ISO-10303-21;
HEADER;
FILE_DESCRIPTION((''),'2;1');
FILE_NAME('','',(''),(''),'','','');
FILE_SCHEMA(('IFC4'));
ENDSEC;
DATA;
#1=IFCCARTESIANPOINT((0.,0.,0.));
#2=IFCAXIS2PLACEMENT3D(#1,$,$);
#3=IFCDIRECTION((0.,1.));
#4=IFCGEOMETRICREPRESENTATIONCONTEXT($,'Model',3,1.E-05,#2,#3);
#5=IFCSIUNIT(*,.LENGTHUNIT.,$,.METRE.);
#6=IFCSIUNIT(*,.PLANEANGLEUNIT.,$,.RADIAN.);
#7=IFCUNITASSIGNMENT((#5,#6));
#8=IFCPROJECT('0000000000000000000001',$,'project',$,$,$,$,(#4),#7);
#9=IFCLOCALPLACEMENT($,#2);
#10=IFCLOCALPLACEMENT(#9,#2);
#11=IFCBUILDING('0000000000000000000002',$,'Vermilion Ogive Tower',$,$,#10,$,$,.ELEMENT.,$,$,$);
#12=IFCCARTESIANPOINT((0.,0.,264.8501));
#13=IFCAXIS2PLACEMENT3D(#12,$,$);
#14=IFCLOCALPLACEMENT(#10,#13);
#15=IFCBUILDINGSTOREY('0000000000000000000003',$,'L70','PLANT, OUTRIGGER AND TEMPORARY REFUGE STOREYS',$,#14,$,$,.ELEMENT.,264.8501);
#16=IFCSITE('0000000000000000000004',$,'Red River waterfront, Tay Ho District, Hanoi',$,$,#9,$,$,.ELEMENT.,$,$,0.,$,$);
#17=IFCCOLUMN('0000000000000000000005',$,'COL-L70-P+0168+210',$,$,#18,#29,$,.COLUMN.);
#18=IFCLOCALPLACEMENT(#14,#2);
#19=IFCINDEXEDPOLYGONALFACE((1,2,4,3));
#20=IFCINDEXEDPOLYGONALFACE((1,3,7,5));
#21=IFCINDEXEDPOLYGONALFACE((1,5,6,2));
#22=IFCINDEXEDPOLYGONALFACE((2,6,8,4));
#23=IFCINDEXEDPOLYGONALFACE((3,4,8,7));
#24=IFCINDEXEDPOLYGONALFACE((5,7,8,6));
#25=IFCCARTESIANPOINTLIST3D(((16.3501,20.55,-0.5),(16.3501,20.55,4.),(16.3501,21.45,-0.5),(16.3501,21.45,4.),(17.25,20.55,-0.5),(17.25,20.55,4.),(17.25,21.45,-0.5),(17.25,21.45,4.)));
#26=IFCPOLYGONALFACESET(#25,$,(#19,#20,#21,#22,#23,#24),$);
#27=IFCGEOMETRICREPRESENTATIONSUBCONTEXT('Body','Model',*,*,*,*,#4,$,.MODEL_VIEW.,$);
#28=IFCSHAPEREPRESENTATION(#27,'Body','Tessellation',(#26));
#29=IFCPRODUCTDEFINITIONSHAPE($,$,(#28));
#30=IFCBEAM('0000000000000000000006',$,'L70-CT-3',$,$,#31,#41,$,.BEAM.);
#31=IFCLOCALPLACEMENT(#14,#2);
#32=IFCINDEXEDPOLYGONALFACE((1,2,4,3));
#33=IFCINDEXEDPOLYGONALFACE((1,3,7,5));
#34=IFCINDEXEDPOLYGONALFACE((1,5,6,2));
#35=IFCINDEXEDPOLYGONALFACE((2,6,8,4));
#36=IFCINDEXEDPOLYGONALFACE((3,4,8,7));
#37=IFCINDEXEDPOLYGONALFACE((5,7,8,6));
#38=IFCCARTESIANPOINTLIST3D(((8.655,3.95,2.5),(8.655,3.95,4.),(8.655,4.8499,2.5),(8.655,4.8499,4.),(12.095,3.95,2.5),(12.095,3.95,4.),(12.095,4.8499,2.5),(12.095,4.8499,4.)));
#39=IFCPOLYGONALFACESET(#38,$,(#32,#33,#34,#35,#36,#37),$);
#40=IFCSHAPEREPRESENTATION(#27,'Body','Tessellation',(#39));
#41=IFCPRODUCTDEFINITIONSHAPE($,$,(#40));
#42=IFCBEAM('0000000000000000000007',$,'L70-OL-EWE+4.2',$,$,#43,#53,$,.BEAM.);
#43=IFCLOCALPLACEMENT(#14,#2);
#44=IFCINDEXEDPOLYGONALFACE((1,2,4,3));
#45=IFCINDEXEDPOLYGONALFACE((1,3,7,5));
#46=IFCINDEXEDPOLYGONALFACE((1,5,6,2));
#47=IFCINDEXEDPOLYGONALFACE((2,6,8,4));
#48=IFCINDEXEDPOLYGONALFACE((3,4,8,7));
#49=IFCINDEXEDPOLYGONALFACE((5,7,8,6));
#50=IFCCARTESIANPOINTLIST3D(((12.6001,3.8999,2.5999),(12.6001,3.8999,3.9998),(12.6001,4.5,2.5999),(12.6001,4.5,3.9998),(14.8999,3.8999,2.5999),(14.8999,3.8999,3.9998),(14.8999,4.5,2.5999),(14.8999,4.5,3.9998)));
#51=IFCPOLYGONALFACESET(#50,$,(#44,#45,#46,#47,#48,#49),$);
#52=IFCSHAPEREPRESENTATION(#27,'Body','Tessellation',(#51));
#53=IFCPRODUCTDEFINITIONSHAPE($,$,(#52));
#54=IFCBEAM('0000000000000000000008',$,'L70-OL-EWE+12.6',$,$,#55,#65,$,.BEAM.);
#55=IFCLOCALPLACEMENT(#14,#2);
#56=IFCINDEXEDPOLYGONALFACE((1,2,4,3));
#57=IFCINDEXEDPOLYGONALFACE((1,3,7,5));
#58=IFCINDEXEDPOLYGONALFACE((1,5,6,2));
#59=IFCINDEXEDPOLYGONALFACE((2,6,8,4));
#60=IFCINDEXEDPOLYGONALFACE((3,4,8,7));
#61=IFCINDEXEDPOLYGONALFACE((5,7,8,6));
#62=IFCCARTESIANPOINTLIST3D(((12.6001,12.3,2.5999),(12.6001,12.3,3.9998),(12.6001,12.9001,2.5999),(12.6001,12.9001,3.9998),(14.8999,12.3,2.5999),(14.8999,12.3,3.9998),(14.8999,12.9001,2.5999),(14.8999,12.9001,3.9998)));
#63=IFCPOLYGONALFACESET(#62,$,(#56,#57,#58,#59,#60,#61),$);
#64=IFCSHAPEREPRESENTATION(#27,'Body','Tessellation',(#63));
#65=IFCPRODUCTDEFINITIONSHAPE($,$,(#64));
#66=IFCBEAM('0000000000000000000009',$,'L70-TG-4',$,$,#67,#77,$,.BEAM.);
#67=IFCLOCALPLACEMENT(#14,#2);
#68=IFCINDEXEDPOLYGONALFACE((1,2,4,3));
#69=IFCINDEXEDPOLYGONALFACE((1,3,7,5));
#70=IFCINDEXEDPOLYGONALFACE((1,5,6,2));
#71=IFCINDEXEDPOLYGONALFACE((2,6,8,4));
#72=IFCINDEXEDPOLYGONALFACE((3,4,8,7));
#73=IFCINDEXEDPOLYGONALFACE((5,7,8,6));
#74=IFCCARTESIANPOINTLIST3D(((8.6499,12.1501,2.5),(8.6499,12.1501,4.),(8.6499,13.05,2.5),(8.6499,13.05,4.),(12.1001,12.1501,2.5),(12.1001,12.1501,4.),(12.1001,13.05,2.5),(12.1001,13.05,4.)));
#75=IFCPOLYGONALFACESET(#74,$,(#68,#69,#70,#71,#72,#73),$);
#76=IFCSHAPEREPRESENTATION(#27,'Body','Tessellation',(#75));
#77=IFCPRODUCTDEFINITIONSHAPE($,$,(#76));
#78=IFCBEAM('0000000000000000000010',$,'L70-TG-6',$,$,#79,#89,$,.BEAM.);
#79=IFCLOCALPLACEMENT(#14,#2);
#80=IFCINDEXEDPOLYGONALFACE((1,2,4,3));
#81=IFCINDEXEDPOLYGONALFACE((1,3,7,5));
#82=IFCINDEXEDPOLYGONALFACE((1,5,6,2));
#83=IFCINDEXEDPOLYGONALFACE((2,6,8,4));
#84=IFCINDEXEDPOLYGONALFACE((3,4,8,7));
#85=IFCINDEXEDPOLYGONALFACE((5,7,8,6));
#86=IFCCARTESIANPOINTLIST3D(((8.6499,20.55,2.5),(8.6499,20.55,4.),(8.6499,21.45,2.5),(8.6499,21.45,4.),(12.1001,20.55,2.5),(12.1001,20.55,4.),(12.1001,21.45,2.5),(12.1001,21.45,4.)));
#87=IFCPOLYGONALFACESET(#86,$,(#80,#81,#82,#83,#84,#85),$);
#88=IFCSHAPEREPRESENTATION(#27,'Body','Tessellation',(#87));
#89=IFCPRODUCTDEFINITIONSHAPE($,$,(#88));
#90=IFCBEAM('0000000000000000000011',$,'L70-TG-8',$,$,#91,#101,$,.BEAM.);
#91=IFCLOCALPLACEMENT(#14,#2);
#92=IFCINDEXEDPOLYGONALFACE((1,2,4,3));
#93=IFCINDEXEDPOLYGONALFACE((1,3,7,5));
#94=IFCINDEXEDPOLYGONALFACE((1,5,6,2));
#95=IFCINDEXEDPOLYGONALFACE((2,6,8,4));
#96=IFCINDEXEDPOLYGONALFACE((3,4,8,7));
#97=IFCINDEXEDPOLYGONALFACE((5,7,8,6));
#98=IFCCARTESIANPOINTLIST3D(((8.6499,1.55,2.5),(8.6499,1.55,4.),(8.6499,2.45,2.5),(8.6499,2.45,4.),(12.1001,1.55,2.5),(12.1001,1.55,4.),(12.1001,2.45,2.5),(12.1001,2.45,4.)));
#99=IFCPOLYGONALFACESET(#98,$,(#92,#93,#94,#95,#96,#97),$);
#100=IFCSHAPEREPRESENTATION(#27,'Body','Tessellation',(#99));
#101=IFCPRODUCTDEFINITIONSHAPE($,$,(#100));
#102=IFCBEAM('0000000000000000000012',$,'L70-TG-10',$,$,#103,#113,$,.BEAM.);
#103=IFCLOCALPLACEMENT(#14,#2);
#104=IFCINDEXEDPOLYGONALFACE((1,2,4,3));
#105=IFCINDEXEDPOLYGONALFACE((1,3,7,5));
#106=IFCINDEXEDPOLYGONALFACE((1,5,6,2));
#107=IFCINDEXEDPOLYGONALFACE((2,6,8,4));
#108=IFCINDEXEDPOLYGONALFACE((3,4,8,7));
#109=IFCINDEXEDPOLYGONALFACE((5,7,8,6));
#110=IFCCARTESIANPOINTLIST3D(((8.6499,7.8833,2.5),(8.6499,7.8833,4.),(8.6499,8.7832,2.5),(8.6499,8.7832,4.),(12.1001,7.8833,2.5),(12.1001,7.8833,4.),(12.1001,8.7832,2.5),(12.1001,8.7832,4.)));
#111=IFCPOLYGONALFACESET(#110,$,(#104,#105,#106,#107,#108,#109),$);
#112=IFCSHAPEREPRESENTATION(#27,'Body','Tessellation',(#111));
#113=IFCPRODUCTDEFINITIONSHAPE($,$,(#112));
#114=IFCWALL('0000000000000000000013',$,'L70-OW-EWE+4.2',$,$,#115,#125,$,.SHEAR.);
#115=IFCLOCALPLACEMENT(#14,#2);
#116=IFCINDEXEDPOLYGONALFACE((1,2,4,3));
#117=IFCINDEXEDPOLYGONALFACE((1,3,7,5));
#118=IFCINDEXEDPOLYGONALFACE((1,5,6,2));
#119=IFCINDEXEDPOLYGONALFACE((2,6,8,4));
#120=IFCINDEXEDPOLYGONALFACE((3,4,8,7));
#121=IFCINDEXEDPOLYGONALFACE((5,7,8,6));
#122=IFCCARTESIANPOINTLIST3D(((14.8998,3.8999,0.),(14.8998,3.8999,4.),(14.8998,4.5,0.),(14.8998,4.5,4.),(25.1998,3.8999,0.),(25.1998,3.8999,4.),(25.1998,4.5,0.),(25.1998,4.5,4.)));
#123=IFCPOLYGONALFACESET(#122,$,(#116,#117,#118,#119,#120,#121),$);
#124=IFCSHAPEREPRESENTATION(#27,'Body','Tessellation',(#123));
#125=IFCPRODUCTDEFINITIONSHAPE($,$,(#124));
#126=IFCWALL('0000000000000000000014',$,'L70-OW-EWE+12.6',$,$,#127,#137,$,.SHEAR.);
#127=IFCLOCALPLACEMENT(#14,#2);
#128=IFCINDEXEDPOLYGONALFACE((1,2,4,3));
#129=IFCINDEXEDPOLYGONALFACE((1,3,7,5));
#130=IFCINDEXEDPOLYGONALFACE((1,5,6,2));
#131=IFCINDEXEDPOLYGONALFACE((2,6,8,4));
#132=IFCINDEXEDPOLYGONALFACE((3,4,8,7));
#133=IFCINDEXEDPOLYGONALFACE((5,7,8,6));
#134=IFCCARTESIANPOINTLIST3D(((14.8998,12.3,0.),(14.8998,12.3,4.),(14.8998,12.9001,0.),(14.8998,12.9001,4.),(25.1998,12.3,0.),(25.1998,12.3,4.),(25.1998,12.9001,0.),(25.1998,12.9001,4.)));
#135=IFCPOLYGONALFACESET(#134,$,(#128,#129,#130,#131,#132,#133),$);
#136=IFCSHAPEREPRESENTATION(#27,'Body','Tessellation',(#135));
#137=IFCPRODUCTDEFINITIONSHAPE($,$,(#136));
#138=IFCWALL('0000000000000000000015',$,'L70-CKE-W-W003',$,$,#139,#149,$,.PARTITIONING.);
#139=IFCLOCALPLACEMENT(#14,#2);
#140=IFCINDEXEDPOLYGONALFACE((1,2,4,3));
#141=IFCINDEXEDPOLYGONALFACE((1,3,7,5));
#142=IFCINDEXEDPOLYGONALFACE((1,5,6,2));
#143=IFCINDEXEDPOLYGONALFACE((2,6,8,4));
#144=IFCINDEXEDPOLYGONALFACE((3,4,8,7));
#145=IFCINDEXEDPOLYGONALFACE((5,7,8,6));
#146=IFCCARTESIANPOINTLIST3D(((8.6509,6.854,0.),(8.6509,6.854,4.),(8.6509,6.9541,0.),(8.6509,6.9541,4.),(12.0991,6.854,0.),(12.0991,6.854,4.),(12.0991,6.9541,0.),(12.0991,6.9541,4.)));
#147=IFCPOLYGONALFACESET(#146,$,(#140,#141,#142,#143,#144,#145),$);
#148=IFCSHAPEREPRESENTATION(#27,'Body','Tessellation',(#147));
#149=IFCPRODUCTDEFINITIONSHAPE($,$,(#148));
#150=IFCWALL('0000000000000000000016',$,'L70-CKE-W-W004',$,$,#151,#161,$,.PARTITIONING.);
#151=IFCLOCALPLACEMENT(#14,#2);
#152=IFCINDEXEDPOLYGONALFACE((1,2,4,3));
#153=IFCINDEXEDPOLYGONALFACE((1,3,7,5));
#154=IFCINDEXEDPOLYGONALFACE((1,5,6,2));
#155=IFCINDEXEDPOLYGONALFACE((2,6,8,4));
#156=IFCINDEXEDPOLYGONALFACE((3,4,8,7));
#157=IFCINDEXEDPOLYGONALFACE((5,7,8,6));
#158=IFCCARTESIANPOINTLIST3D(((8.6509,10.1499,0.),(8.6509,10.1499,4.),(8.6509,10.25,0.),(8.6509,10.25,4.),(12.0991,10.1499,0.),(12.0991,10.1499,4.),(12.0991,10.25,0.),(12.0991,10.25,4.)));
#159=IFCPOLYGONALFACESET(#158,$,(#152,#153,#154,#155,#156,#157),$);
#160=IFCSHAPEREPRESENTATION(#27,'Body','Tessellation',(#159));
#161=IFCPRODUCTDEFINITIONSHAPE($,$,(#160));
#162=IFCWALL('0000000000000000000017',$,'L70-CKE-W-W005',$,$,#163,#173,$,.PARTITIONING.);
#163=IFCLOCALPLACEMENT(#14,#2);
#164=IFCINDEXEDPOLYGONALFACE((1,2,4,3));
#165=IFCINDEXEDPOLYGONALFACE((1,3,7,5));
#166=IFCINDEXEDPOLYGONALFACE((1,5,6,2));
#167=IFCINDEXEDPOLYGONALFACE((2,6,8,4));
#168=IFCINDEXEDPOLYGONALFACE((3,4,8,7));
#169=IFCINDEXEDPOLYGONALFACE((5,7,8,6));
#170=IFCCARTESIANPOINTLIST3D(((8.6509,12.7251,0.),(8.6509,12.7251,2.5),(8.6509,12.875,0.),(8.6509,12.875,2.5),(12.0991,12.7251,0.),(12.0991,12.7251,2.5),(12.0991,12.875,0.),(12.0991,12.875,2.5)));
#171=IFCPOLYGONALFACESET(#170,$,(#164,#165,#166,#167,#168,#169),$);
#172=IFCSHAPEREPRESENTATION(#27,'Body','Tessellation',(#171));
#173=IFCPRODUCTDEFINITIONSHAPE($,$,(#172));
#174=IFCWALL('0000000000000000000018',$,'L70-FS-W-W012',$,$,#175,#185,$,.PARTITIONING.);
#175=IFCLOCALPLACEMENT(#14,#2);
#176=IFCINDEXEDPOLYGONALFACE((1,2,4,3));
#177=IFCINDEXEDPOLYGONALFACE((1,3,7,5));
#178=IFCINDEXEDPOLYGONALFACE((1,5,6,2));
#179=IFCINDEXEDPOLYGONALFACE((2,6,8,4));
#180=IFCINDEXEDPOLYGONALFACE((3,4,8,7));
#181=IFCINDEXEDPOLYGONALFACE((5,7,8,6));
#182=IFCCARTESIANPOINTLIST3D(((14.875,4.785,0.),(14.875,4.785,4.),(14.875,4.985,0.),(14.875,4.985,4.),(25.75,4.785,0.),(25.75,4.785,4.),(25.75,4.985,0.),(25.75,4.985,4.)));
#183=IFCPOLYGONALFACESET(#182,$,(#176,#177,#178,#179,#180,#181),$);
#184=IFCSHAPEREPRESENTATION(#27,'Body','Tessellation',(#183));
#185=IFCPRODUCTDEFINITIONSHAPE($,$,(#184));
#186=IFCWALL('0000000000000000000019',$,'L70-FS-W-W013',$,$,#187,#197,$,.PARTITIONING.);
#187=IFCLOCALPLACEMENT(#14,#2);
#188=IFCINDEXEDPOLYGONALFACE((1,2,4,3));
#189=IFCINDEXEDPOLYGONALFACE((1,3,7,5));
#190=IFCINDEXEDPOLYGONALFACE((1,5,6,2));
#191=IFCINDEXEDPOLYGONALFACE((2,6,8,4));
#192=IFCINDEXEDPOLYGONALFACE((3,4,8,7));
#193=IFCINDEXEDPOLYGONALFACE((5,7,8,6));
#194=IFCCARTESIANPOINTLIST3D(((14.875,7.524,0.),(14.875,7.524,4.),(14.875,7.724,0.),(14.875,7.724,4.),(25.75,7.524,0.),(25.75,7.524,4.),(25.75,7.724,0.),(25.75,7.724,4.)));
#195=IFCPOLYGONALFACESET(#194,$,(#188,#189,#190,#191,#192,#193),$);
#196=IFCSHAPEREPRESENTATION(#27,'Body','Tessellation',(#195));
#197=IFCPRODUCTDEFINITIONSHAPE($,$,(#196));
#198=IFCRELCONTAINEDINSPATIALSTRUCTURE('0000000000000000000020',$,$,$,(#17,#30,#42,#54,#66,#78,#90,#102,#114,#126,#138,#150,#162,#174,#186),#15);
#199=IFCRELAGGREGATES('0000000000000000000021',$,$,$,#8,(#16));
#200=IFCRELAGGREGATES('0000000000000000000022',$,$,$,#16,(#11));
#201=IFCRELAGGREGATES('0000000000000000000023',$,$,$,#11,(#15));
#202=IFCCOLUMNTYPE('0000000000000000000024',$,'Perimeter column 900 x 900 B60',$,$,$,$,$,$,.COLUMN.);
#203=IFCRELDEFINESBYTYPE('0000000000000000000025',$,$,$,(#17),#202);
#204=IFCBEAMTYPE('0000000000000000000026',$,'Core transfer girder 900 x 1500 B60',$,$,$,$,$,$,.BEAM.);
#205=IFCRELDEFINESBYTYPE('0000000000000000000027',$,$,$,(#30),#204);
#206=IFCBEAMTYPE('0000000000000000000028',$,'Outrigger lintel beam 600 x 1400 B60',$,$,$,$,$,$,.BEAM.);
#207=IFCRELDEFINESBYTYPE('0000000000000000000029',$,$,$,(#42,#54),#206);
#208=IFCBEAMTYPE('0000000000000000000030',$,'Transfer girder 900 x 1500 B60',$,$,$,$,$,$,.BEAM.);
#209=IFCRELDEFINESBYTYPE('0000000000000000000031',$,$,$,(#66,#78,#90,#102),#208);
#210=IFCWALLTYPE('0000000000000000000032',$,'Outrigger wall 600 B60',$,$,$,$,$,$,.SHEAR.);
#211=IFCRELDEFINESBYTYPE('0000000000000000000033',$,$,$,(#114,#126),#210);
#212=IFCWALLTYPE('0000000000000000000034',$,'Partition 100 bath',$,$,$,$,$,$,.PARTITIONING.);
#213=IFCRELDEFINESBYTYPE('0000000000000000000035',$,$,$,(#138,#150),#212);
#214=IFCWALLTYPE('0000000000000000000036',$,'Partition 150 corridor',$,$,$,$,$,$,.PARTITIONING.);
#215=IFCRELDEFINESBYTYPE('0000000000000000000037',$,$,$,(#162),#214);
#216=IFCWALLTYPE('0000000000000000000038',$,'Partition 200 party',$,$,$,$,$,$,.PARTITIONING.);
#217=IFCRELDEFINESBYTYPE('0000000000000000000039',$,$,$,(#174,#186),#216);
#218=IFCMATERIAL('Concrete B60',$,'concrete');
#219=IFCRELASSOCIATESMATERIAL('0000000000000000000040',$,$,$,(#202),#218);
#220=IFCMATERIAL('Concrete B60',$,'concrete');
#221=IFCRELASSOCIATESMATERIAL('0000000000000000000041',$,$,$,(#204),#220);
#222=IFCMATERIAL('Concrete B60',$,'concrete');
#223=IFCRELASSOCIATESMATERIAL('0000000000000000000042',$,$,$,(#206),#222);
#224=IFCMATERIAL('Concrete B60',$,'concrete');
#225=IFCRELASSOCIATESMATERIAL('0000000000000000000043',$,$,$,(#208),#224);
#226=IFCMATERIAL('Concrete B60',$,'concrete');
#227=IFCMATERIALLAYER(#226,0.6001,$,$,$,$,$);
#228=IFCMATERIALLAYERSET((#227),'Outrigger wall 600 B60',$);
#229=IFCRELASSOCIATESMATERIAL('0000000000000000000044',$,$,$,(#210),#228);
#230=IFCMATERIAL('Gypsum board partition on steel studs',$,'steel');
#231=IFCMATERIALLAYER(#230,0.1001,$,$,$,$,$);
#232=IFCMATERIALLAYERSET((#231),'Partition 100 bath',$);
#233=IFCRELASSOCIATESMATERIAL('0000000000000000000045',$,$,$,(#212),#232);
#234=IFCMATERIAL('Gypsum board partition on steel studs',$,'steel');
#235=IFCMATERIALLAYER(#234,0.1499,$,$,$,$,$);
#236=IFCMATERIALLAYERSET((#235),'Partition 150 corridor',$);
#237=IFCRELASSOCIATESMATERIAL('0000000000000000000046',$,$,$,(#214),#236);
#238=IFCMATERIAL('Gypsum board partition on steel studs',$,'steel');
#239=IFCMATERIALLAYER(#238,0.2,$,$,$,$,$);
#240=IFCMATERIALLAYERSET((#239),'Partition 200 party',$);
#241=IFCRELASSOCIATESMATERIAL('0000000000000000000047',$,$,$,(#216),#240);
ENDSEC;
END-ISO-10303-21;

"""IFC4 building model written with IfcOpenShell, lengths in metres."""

from ifc_helpers import new_model, si_unit, direction, frame, frame_2d, origin, origin_2d, place, context, subcontext, project, spatial, rectangle, extrude, material, layer, layer_set, material_profile, profile_set, type_object, element, save


model = new_model("IFC4")

# Units and contexts
model_context = context("Model", 3, precision=1e-05, world=origin(), true_north=direction((0.0, 1.0)))
body_context = subcontext(model_context, "Body", "Model", "MODEL_VIEW")
ifc_project = project(units=[si_unit("LENGTHUNIT", "METRE"), si_unit("PLANEANGLEUNIT", "RADIAN")], contexts=[model_context])

# Site, building, storey
site_placement = place(None, origin())
site = spatial("IfcSite", under=ifc_project, at=site_placement, Name="Red River waterfront, Tay Ho District, Hanoi", CompositionType="ELEMENT", RefElevation=0.0)
building_placement = place(site_placement, origin())
building = spatial("IfcBuilding", under=site, at=building_placement, Name="Vermilion Ogive Tower", CompositionType="ELEMENT")
storey_placement = place(building_placement, frame((0.0, 0.0, 264.8501)))
storey = spatial("IfcBuildingStorey", under=building, at=storey_placement, Name="L70", Description="PLANT, OUTRIGGER AND TEMPORARY REFUGE STOREYS", CompositionType="ELEMENT", Elevation=264.8501)

# Column
ifc_material_1 = material(Name="Concrete B60", Category="concrete")
ifc_material_profile_1 = material_profile(ifc_material_1, rectangle(XDim=0.8999, YDim=0.8999, at=origin_2d()), Name="900 x 900")
ifc_profile_set_1 = profile_set([ifc_material_profile_1], Name="Concrete B60")
column_type = type_object("IfcColumnType", Name="Perimeter column 900 x 900 B60", PredefinedType="COLUMN", material=ifc_profile_set_1)
column_placement = place(storey_placement, frame((16.8, 21.0, -0.5), z_axis=(0.0, 0.0, 1.0), x_axis=(1.0, 0.0, 0.0)))
element("IfcColumn", 1, at=column_placement, inside=storey, type_object=column_type, Name="COL-L70-P+0168+210", PredefinedType="COLUMN", context=body_context, shape_type="SweptSolid", body=[
    extrude(rectangle(XDim=0.8999, YDim=0.8999, at=origin_2d()), origin(), (0.0, 0.0, 1.0), 4.5),
])

# Beams
ifc_material_2 = material(Name="Concrete B60", Category="concrete")
ifc_material_profile_2 = material_profile(ifc_material_2, rectangle(XDim=0.8999, YDim=1.5, at=origin_2d()), Name="900 x 1500")
ifc_profile_set_2 = profile_set([ifc_material_profile_2], Name="Concrete B60")
beam_type_1 = type_object("IfcBeamType", Name="Core transfer girder 900 x 1500 B60", PredefinedType="BEAM", material=ifc_profile_set_2)
beam_placement = place(storey_placement, frame((8.655, 4.3999, 3.25), z_axis=(1.0, 0.0, 0.0), x_axis=(0.0, 1.0, 0.0)))
element("IfcBeam", 2, at=beam_placement, inside=storey, type_object=beam_type_1, Name="L70-CT-3", PredefinedType="BEAM", context=body_context, shape_type="SweptSolid", body=[
    extrude(rectangle(XDim=0.8999, YDim=1.5, at=origin_2d()), origin(), (0.0, 0.0, 1.0), 3.4399),
])
ifc_material_3 = material(Name="Concrete B60", Category="concrete")
ifc_material_profile_3 = material_profile(ifc_material_3, rectangle(XDim=0.6001, YDim=1.3999, at=origin_2d()), Name="600 x 1400")
ifc_profile_set_3 = profile_set([ifc_material_profile_3], Name="Concrete B60")
beam_type_2 = type_object("IfcBeamType", Name="Outrigger lintel beam 600 x 1400 B60", PredefinedType="BEAM", material=ifc_profile_set_3)
for number, where, z_axis, x_axis, name in (
    (3, (12.6001, 4.2, 3.2998), (1.0, 0.0, 0.0), (0.0, 1.0, 0.0), "L70-OL-EWE+4.2"),
    (4, (12.6001, 12.6001, 3.2998), (1.0, 0.0, 0.0), (0.0, 1.0, 0.0), "L70-OL-EWE+12.6"),
):
    element("IfcBeam", number, at=place(storey_placement, frame(where, z_axis=z_axis, x_axis=x_axis)), inside=storey, type_object=beam_type_2, Name=name, PredefinedType="BEAM", context=body_context, shape_type="SweptSolid", body=[
        extrude(rectangle(XDim=0.6001, YDim=1.3999, at=origin_2d()), origin(), (0.0, 0.0, 1.0), 2.2998),
    ])
ifc_material_4 = material(Name="Concrete B60", Category="concrete")
ifc_material_profile_4 = material_profile(ifc_material_4, rectangle(XDim=0.8999, YDim=1.5, at=origin_2d()), Name="900 x 1500")
ifc_profile_set_4 = profile_set([ifc_material_profile_4], Name="Concrete B60")
beam_type_3 = type_object("IfcBeamType", Name="Transfer girder 900 x 1500 B60", PredefinedType="BEAM", material=ifc_profile_set_4)
for number, where, z_axis, x_axis, name in (
    (5, (8.6499, 12.6001, 3.25), (1.0, 0.0, 0.0), (0.0, 1.0, 0.0), "L70-TG-4"),
    (6, (8.6499, 21.0, 3.25), (1.0, 0.0, 0.0), (0.0, 1.0, 0.0), "L70-TG-6"),
    (7, (8.6499, 2.0, 3.25), (1.0, 0.0, 0.0), (0.0, 1.0, 0.0), "L70-TG-8"),
    (8, (8.6499, 8.3333, 3.25), (1.0, 0.0, 0.0), (0.0, 1.0, 0.0), "L70-TG-10"),
):
    element("IfcBeam", number, at=place(storey_placement, frame(where, z_axis=z_axis, x_axis=x_axis)), inside=storey, type_object=beam_type_3, Name=name, PredefinedType="BEAM", context=body_context, shape_type="SweptSolid", body=[
        extrude(rectangle(XDim=0.8999, YDim=1.5, at=origin_2d()), origin(), (0.0, 0.0, 1.0), 3.4502),
    ])

# Walls
ifc_material_5 = material(Name="Concrete B60", Category="concrete")
ifc_layer_1 = layer(ifc_material_5, 0.6001)
ifc_layer_set_1 = layer_set([ifc_layer_1], Name="Outrigger wall 600 B60")
wall_type_1 = type_object("IfcWallType", Name="Outrigger wall 600 B60", PredefinedType="SHEAR", material=ifc_layer_set_1)
for number, where, z_axis, x_axis, name in (
    (9, (14.8999, 4.2, 0.0), (0.0, 0.0, 1.0), (1.0, 0.0, 0.0), "L70-OW-EWE+4.2"),
    (10, (14.8999, 12.6001, 0.0), (0.0, 0.0, 1.0), (1.0, 0.0, 0.0), "L70-OW-EWE+12.6"),
):
    element("IfcWall", number, at=place(storey_placement, frame(where, z_axis=z_axis, x_axis=x_axis)), inside=storey, type_object=wall_type_1, Name=name, PredefinedType="SHEAR", context=body_context, shape_type="SweptSolid", body=[
        extrude(rectangle(XDim=10.3, YDim=0.6001, at=frame_2d((5.1499, 0.0))), origin(), (0.0, 0.0, 1.0), 4.0),
    ])
ifc_material_6 = material(Name="Gypsum board partition on steel studs", Category="steel")
ifc_layer_2 = layer(ifc_material_6, 0.1001)
ifc_layer_set_2 = layer_set([ifc_layer_2], Name="Partition 100 bath")
wall_type_2 = type_object("IfcWallType", Name="Partition 100 bath", PredefinedType="PARTITIONING", material=ifc_layer_set_2)
for number, where, z_axis, x_axis, name in (
    (11, (8.6509, 6.9041, 0.0), (0.0, 0.0, 1.0), (1.0, 0.0, 0.0), "L70-CKE-W-W003"),
    (12, (8.6509, 10.2, 0.0), (0.0, 0.0, 1.0), (1.0, 0.0, 0.0), "L70-CKE-W-W004"),
):
    element("IfcWall", number, at=place(storey_placement, frame(where, z_axis=z_axis, x_axis=x_axis)), inside=storey, type_object=wall_type_2, Name=name, PredefinedType="PARTITIONING", context=body_context, shape_type="SweptSolid", body=[
        extrude(rectangle(XDim=3.4482, YDim=0.1001, at=frame_2d((1.7241, 0.0))), origin(), (0.0, 0.0, 1.0), 4.0),
    ])
ifc_material_7 = material(Name="Gypsum board partition on steel studs", Category="steel")
ifc_layer_3 = layer(ifc_material_7, 0.1499)
ifc_layer_set_3 = layer_set([ifc_layer_3], Name="Partition 150 corridor")
wall_type_3 = type_object("IfcWallType", Name="Partition 150 corridor", PredefinedType="PARTITIONING", material=ifc_layer_set_3)
wall_1_placement = place(storey_placement, frame((8.6509, 12.8, 0.0), z_axis=(0.0, 0.0, 1.0), x_axis=(1.0, 0.0, 0.0)))
element("IfcWall", 13, at=wall_1_placement, inside=storey, type_object=wall_type_3, Name="L70-CKE-W-W005", PredefinedType="PARTITIONING", context=body_context, shape_type="SweptSolid", body=[
    extrude(rectangle(XDim=3.4482, YDim=0.1499, at=frame_2d((1.7241, 0.0))), origin(), (0.0, 0.0, 1.0), 2.5),
])
ifc_material_8 = material(Name="Gypsum board partition on steel studs", Category="steel")
ifc_layer_4 = layer(ifc_material_8, 0.2)
ifc_layer_set_4 = layer_set([ifc_layer_4], Name="Partition 200 party")
wall_type_4 = type_object("IfcWallType", Name="Partition 200 party", PredefinedType="PARTITIONING", material=ifc_layer_set_4)
for number, where, z_axis, x_axis, name in (
    (14, (14.875, 4.885, 0.0), (0.0, 0.0, 1.0), (1.0, 0.0, 0.0), "L70-FS-W-W012"),
    (15, (14.875, 7.624, 0.0), (0.0, 0.0, 1.0), (1.0, 0.0, 0.0), "L70-FS-W-W013"),
):
    element("IfcWall", number, at=place(storey_placement, frame(where, z_axis=z_axis, x_axis=x_axis)), inside=storey, type_object=wall_type_4, Name=name, PredefinedType="PARTITIONING", context=body_context, shape_type="SweptSolid", body=[
        extrude(rectangle(XDim=10.875, YDim=0.2, at=frame_2d((5.4375, 0.0))), origin(), (0.0, 0.0, 1.0), 4.0),
    ])

save(model, "model.ifc")
